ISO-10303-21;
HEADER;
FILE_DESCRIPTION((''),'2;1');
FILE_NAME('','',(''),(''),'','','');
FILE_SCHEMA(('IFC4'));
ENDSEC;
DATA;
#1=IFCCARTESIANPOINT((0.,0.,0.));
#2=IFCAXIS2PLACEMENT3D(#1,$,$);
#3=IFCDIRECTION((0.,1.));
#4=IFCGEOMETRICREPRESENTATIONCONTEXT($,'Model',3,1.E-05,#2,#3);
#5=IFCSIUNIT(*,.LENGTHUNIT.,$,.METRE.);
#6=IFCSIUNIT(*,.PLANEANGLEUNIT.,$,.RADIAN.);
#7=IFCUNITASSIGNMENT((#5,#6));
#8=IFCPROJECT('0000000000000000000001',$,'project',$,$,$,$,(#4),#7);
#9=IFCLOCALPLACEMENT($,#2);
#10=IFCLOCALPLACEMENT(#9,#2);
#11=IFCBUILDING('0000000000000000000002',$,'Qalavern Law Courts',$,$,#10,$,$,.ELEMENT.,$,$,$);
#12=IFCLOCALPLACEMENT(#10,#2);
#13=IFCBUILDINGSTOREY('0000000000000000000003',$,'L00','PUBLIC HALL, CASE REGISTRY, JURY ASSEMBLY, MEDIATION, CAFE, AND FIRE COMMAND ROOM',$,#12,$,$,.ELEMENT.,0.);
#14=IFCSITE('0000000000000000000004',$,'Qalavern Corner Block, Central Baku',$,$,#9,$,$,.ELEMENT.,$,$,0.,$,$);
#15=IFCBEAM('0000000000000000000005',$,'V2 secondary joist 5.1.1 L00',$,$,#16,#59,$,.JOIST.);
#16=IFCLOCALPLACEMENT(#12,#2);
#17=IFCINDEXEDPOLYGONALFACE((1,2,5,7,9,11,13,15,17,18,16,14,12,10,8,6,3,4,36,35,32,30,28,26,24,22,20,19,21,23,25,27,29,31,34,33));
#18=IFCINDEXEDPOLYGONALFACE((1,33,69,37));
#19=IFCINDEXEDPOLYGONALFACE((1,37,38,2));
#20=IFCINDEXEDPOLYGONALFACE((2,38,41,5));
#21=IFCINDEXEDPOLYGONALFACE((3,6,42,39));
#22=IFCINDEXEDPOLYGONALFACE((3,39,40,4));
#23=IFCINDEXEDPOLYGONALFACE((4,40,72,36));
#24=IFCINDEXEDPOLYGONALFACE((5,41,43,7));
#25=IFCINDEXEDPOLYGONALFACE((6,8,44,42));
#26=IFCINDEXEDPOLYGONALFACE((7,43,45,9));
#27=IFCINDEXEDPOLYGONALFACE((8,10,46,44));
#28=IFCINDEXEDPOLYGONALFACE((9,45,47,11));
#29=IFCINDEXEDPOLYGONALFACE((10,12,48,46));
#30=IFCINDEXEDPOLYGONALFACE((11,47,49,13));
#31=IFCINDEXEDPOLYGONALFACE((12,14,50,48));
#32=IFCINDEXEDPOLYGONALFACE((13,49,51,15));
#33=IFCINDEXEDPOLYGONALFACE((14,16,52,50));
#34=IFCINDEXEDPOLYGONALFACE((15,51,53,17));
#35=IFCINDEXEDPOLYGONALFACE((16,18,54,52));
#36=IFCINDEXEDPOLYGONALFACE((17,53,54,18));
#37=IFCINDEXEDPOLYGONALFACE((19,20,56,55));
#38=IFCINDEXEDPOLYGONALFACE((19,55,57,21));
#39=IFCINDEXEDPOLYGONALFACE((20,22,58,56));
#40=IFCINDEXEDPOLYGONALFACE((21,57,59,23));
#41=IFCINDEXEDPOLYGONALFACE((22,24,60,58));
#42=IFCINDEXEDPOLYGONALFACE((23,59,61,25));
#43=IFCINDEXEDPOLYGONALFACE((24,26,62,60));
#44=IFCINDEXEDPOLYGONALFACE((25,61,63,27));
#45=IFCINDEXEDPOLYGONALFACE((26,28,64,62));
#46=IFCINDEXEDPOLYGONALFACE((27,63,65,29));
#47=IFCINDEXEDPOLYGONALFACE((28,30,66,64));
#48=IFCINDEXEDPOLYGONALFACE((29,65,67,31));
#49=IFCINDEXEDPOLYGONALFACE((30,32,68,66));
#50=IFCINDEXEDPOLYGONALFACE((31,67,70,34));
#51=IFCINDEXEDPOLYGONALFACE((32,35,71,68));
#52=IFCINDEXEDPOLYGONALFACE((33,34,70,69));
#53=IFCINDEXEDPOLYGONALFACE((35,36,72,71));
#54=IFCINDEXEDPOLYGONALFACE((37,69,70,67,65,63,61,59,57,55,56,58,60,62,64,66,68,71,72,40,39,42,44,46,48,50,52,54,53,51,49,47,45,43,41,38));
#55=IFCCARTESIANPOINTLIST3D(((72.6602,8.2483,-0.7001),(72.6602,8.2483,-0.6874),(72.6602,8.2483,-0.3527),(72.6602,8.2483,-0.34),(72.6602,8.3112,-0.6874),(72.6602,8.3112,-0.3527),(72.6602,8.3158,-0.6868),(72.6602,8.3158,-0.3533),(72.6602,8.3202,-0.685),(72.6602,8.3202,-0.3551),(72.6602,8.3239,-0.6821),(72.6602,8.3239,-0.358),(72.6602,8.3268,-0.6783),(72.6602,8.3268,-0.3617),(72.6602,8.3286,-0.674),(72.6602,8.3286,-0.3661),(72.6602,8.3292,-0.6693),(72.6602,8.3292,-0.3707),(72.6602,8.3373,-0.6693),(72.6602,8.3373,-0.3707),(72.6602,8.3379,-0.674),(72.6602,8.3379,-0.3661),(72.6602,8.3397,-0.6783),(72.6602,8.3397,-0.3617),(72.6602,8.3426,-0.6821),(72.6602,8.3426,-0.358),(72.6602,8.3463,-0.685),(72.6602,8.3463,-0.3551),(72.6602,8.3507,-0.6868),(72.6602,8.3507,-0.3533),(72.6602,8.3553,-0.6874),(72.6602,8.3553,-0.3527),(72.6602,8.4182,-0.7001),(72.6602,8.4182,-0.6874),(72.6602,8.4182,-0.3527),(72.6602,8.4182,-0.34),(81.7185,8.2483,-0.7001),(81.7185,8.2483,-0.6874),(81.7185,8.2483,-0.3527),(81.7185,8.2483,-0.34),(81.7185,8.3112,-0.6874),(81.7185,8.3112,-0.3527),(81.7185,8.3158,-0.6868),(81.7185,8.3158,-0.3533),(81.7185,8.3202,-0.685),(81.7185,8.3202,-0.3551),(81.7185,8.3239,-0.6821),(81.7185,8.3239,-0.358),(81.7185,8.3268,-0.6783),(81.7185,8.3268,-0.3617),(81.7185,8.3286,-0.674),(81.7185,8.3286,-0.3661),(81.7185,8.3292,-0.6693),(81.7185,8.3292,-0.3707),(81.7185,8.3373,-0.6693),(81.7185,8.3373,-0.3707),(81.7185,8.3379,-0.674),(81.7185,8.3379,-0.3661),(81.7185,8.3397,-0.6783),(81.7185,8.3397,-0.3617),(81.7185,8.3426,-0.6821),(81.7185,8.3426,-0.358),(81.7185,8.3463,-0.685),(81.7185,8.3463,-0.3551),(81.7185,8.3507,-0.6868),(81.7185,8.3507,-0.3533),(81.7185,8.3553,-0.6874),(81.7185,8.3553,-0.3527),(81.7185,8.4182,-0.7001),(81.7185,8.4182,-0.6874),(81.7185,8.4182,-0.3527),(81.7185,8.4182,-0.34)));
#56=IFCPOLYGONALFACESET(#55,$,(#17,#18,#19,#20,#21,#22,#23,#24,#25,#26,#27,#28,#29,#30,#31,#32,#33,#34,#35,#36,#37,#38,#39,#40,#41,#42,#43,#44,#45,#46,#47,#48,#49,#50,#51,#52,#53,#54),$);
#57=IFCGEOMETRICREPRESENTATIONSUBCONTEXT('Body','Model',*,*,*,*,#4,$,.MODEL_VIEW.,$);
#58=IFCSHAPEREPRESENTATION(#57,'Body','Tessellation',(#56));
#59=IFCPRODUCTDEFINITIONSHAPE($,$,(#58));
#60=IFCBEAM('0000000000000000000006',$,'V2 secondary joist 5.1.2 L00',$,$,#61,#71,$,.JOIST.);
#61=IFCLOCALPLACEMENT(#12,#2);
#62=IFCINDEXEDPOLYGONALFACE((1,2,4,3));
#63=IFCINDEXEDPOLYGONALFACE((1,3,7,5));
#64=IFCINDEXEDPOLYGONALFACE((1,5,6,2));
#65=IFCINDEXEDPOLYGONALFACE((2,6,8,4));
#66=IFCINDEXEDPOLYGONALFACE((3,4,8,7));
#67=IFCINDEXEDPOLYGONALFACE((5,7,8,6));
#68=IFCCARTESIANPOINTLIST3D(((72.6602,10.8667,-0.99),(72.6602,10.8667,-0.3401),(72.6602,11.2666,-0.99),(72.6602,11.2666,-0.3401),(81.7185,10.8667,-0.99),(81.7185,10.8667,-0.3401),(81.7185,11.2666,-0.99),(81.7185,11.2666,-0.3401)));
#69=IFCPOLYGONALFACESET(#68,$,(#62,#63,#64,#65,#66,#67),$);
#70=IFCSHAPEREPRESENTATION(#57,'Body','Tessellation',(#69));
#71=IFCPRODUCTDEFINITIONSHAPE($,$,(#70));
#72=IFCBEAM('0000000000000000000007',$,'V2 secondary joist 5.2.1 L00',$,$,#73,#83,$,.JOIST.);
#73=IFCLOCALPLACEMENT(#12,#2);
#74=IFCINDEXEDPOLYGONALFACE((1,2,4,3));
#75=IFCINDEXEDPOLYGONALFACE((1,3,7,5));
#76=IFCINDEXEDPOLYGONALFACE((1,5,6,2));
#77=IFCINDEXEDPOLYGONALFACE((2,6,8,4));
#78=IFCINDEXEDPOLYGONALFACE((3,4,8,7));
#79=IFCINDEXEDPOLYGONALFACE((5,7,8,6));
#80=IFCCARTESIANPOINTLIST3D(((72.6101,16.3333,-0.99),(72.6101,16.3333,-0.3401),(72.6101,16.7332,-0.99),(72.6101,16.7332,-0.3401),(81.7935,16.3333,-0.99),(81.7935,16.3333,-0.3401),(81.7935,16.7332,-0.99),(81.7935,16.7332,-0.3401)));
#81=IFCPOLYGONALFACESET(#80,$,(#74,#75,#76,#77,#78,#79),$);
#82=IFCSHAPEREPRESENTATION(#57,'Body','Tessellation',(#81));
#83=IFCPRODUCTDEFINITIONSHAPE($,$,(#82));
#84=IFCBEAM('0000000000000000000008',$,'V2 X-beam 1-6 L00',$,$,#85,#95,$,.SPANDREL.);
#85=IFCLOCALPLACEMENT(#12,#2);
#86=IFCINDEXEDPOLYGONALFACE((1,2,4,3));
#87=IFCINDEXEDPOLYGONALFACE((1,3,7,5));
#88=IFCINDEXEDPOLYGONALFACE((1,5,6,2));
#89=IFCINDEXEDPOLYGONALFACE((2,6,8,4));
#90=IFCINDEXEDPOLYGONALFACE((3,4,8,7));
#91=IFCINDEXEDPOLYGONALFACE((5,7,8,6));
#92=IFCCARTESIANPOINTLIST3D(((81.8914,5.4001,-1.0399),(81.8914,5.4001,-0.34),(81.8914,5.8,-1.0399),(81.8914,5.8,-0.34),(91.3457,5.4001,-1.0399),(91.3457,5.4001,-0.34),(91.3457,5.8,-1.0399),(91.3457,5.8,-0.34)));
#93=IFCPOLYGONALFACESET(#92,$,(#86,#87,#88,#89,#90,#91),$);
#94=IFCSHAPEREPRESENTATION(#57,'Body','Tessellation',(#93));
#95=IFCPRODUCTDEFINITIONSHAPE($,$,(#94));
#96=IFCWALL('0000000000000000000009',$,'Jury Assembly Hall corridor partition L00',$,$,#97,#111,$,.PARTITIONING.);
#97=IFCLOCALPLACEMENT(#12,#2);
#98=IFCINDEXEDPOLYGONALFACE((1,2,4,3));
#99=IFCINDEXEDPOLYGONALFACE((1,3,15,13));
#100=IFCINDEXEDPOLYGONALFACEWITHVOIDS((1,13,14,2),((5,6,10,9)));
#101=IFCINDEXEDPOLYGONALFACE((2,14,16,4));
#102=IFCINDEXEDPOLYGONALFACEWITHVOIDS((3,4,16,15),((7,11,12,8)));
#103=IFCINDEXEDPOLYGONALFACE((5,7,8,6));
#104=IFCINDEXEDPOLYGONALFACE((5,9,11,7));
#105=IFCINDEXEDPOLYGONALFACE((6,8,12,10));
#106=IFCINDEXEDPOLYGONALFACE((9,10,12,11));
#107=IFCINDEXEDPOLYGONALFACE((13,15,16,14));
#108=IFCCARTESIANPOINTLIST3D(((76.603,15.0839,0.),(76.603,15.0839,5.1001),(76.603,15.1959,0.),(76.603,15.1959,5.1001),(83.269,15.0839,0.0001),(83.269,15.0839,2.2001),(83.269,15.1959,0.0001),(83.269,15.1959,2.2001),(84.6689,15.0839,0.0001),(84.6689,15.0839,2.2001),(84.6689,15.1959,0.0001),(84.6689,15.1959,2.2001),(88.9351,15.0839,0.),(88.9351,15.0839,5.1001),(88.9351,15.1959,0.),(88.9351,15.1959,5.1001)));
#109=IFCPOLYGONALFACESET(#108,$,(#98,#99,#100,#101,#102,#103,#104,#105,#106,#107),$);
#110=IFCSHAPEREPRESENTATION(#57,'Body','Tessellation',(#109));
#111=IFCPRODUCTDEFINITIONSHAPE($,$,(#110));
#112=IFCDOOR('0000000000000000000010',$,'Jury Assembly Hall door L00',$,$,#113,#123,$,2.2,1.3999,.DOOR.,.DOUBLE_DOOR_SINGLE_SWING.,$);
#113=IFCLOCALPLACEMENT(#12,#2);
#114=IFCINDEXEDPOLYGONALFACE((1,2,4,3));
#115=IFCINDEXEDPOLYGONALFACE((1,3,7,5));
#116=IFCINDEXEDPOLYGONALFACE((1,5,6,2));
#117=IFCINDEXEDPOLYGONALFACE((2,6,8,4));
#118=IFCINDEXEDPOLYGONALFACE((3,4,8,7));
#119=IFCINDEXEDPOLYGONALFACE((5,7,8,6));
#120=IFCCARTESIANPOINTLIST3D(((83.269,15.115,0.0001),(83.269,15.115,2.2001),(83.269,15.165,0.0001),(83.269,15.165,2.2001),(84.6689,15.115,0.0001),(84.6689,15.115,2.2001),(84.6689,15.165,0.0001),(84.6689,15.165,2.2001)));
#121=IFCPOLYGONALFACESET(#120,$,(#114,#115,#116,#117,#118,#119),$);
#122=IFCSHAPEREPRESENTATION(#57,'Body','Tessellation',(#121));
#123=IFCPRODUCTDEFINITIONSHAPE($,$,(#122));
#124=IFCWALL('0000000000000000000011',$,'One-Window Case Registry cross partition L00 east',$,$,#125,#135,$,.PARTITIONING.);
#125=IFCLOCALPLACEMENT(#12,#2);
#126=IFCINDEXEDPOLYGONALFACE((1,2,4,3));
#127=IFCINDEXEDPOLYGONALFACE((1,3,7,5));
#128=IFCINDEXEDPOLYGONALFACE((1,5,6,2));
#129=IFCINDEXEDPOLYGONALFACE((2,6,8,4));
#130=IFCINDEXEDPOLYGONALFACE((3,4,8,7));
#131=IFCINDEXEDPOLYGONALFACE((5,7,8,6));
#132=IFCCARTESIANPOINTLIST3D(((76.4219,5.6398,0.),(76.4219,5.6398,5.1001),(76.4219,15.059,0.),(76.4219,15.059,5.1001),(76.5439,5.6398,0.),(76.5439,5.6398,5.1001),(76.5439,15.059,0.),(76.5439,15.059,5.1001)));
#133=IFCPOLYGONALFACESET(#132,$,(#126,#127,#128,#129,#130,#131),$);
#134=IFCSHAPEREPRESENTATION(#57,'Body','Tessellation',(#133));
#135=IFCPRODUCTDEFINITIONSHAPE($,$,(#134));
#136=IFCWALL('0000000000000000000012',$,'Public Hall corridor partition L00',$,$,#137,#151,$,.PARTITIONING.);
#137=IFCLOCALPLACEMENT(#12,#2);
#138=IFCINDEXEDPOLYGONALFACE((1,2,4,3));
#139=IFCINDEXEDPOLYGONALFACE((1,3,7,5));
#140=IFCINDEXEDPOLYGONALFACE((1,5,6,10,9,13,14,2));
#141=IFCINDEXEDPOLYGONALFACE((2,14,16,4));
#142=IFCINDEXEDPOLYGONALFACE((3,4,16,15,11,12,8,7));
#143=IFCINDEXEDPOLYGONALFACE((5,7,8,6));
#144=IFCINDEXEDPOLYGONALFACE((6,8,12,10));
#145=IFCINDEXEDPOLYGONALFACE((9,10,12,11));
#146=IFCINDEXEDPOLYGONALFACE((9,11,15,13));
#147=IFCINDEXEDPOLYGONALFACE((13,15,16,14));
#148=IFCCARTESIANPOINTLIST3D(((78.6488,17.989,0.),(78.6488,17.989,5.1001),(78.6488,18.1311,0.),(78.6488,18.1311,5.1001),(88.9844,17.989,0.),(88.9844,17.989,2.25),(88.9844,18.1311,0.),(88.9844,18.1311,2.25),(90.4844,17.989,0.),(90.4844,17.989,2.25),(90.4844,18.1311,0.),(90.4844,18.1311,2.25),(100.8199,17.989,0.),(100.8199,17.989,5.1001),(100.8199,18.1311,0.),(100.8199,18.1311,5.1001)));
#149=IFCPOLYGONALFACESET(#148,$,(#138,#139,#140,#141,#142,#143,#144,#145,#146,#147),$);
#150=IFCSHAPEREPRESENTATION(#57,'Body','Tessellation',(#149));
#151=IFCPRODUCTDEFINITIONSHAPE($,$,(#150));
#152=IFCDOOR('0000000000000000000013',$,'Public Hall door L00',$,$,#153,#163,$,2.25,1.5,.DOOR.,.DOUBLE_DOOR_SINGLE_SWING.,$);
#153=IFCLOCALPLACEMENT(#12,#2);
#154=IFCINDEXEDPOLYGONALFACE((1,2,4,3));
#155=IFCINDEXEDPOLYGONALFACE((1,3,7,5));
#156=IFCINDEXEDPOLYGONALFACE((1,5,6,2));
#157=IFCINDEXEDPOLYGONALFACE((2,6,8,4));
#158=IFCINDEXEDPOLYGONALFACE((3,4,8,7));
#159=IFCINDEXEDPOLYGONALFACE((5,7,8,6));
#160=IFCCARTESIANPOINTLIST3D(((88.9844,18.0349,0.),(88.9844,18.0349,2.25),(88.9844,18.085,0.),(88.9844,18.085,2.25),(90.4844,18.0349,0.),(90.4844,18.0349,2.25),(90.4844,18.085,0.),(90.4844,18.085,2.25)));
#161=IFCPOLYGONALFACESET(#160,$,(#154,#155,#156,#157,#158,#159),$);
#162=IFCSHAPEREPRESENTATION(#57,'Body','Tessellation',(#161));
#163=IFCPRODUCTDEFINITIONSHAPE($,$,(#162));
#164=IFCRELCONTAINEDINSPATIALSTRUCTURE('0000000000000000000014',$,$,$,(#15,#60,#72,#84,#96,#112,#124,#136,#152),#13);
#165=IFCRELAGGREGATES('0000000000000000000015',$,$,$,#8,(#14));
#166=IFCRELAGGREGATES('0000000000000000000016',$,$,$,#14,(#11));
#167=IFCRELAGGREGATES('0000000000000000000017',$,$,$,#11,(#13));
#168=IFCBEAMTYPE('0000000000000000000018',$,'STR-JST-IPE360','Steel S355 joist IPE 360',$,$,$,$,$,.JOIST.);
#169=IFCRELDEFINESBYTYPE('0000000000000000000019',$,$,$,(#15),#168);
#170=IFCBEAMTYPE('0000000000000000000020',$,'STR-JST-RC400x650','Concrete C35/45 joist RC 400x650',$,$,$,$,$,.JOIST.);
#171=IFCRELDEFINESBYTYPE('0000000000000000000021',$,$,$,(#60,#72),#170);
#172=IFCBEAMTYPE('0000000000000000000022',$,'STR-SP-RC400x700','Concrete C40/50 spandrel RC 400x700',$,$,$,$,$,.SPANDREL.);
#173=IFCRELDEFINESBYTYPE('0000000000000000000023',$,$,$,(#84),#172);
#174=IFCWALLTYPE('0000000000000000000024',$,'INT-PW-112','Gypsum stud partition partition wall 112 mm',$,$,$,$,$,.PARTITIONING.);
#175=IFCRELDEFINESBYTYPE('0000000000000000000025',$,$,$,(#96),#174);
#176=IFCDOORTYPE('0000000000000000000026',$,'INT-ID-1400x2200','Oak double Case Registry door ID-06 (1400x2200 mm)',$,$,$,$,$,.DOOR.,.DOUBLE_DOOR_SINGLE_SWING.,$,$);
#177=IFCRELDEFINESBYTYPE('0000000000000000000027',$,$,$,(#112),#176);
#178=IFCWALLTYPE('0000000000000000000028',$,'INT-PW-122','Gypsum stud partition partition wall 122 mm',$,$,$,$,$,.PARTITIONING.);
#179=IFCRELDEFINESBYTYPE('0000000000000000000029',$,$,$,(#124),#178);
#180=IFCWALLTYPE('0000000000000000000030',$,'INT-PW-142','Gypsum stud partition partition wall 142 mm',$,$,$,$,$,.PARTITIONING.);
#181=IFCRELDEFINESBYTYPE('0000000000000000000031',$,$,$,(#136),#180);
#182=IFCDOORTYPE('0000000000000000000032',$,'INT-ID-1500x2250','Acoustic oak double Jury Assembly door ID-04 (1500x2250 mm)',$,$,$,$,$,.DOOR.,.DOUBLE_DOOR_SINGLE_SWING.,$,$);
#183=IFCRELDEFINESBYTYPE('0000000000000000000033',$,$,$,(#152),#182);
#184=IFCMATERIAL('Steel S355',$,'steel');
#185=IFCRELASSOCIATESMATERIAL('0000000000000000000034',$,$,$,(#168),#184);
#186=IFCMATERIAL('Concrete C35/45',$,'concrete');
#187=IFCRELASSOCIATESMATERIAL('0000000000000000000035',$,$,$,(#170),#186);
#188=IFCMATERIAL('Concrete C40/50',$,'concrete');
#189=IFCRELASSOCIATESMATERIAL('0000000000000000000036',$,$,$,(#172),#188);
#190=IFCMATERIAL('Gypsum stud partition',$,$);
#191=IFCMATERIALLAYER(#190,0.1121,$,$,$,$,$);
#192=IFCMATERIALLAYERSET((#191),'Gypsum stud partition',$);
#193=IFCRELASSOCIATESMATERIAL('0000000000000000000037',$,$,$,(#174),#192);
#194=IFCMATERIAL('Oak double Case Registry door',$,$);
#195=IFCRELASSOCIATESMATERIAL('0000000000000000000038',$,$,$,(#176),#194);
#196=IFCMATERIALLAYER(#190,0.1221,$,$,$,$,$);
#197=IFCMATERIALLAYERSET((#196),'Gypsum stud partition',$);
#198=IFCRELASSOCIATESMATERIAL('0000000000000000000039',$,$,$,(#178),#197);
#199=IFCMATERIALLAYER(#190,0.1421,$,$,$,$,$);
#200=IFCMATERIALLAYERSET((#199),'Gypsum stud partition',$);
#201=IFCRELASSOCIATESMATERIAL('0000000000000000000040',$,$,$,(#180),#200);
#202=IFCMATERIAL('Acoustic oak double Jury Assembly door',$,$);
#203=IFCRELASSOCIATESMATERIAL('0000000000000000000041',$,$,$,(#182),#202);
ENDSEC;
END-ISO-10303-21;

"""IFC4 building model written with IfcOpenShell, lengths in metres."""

from ifc_helpers import new_model, si_unit, direction, frame, frame_2d, origin, origin_2d, place, context, subcontext, project, spatial, rectangle, i_section, extrude, material, layer, layer_set, material_profile, profile_set, type_object, element, fill, save


model = new_model("IFC4")

# Units and contexts
model_context = context("Model", 3, precision=1e-05, world=origin(), true_north=direction((0.0, 1.0)))
body_context = subcontext(model_context, "Body", "Model", "MODEL_VIEW")
ifc_project = project(units=[si_unit("LENGTHUNIT", "METRE"), si_unit("PLANEANGLEUNIT", "RADIAN")], contexts=[model_context])

# Site, building, storey
site_placement = place(None, origin())
site = spatial("IfcSite", under=ifc_project, at=site_placement, Name="Qalavern Corner Block, Central Baku", CompositionType="ELEMENT", RefElevation=0.0)
building_placement = place(site_placement, origin())
building = spatial("IfcBuilding", under=site, at=building_placement, Name="Qalavern Law Courts", CompositionType="ELEMENT")
storey_placement = place(building_placement, origin())
storey = spatial("IfcBuildingStorey", under=building, at=storey_placement, Name="L00", Description="PUBLIC HALL, CASE REGISTRY, JURY ASSEMBLY, MEDIATION, CAFE, AND FIRE COMMAND ROOM", CompositionType="ELEMENT", Elevation=0.0)

# Beams
ifc_material_1 = material(Name="Steel S355", Category="steel")
ifc_material_2 = material(Name="Concrete C35/45", Category="concrete")
ifc_material_3 = material(Name="Concrete C40/50", Category="concrete")
ifc_material_profile_1 = material_profile(ifc_material_1, i_section(OverallWidth=0.1699, OverallDepth=0.3601, WebThickness=0.0081, FlangeThickness=0.0127, FilletRadius=0.0181, at=origin_2d()), Name="IPE 360")
ifc_profile_set_1 = profile_set([ifc_material_profile_1], Name="Steel S355")
beam_type_1 = type_object("IfcBeamType", Name="STR-JST-IPE360", Description="Steel S355 joist IPE 360", PredefinedType="JOIST", material=ifc_profile_set_1)
beam_1_placement = place(storey_placement, frame((72.6602, 8.3333, -0.52), z_axis=(1.0, 0.0, 0.0), x_axis=(0.0, 1.0, 0.0)))
element("IfcBeam", 1, at=beam_1_placement, inside=storey, type_object=beam_type_1, Name="V2 secondary joist 5.1.1 L00", PredefinedType="JOIST", context=body_context, shape_type="SweptSolid", body=[
    extrude(i_section(OverallWidth=0.1699, OverallDepth=0.3601, WebThickness=0.0081, FlangeThickness=0.0127, FilletRadius=0.0181, at=origin_2d()), origin(), (0.0, 0.0, 1.0), 9.0583),
])
ifc_material_profile_2 = material_profile(ifc_material_2, rectangle(XDim=0.3999, YDim=0.6499, at=origin_2d()), Name="RC 400x650")
ifc_profile_set_2 = profile_set([ifc_material_profile_2], Name="Concrete C35/45")
beam_type_2 = type_object("IfcBeamType", Name="STR-JST-RC400x650", Description="Concrete C35/45 joist RC 400x650", PredefinedType="JOIST", material=ifc_profile_set_2)
beam_2_placement = place(storey_placement, frame((72.6602, 11.0667, -0.665), z_axis=(1.0, 0.0, 0.0), x_axis=(0.0, 1.0, 0.0)))
element("IfcBeam", 2, at=beam_2_placement, inside=storey, type_object=beam_type_2, Name="V2 secondary joist 5.1.2 L00", PredefinedType="JOIST", context=body_context, shape_type="SweptSolid", body=[
    extrude(rectangle(XDim=0.3999, YDim=0.6499, at=origin_2d()), origin(), (0.0, 0.0, 1.0), 9.0583),
])
beam_3_placement = place(storey_placement, frame((72.6101, 16.5332, -0.665), z_axis=(1.0, 0.0, 0.0), x_axis=(0.0, 1.0, 0.0)))
element("IfcBeam", 3, at=beam_3_placement, inside=storey, type_object=beam_type_2, Name="V2 secondary joist 5.2.1 L00", PredefinedType="JOIST", context=body_context, shape_type="SweptSolid", body=[
    extrude(rectangle(XDim=0.3999, YDim=0.6499, at=origin_2d()), origin(), (0.0, 0.0, 1.0), 9.1833),
])
ifc_material_profile_3 = material_profile(ifc_material_3, rectangle(XDim=0.3999, YDim=0.7, at=origin_2d()), Name="RC 400x700")
ifc_profile_set_3 = profile_set([ifc_material_profile_3], Name="Concrete C40/50")
beam_type_3 = type_object("IfcBeamType", Name="STR-SP-RC400x700", Description="Concrete C40/50 spandrel RC 400x700", PredefinedType="SPANDREL", material=ifc_profile_set_3)
beam_4_placement = place(storey_placement, frame((81.8914, 5.6001, -0.6899), z_axis=(1.0, 0.0, 0.0), x_axis=(0.0, 1.0, 0.0)))
element("IfcBeam", 4, at=beam_4_placement, inside=storey, type_object=beam_type_3, Name="V2 X-beam 1-6 L00", PredefinedType="SPANDREL", context=body_context, shape_type="SweptSolid", body=[
    extrude(rectangle(XDim=0.3999, YDim=0.7, at=origin_2d()), origin(), (0.0, 0.0, 1.0), 9.4543),
])

# Wall, opening, door
ifc_material_4 = material(Name="Gypsum stud partition")
ifc_layer_1 = layer(ifc_material_4, 0.1121)
ifc_layer_set_1 = layer_set([ifc_layer_1], Name="Gypsum stud partition")
wall_type_1 = type_object("IfcWallType", Name="INT-PW-112", Description="Gypsum stud partition partition wall 112 mm", PredefinedType="PARTITIONING", material=ifc_layer_set_1)
wall_1_placement = place(storey_placement, frame((76.603, 15.1399, 0.0), z_axis=(0.0, 0.0, 1.0), x_axis=(1.0, 0.0, 0.0)))
wall_1 = element("IfcWall", 5, at=wall_1_placement, inside=storey, type_object=wall_type_1, Name="Jury Assembly Hall corridor partition L00", PredefinedType="PARTITIONING", context=body_context, shape_type="SweptSolid", body=[
    extrude(rectangle(XDim=12.332, YDim=0.1121, at=frame_2d((6.166, 0.0))), origin(), (0.0, 0.0, 1.0), 5.1001),
])
opening_1_placement = place(wall_1_placement, frame((6.666, 0.0, 0.0)))
opening_1 = element("IfcOpeningElement", 6, at=opening_1_placement, cuts=wall_1, PredefinedType="OPENING", context=body_context, shape_type="SweptSolid", body=[
    extrude(rectangle(XDim=1.3999, YDim=2.2, at=frame_2d((0.7, 1.1001))), frame((0.0, 0.0708, 0.0), z_axis=(0.0, -1.0, 0.0), x_axis=(1.0, 0.0, 0.0)), (0.0, 0.0, 1.0), 0.1418),
])
ifc_material_5 = material(Name="Oak double Case Registry door")
door_type_1 = type_object("IfcDoorType", Name="INT-ID-1400x2200", Description="Oak double Case Registry door ID-06 (1400x2200 mm)", OperationType="DOUBLE_DOOR_SINGLE_SWING", PredefinedType="DOOR", material=ifc_material_5)
door_1_placement = place(opening_1_placement, frame((1.3999, 0.0, 0.0), z_axis=(0.0, 0.0, 1.0), x_axis=(-1.0, 0.0, 0.0)))
door_1 = element("IfcDoor", 7, at=door_1_placement, inside=storey, type_object=door_type_1, Name="Jury Assembly Hall door L00", OperationType="DOUBLE_DOOR_SINGLE_SWING", OverallHeight=2.2, OverallWidth=1.3999, PredefinedType="DOOR", context=body_context, shape_type="SweptSolid", body=[
    extrude(rectangle(XDim=1.3999, YDim=2.2, at=frame_2d((0.7, 1.1001))), frame((0.0, 0.0249, 0.0), z_axis=(0.0, -1.0, 0.0), x_axis=(1.0, 0.0, 0.0)), (0.0, 0.0, 1.0), 0.05),
])
fill(opening_1, door_1)

# Wall
ifc_layer_2 = layer(ifc_material_4, 0.1221)
ifc_layer_set_2 = layer_set([ifc_layer_2], Name="Gypsum stud partition")
wall_type_2 = type_object("IfcWallType", Name="INT-PW-122", Description="Gypsum stud partition partition wall 122 mm", PredefinedType="PARTITIONING", material=ifc_layer_set_2)
wall_2_placement = place(storey_placement, frame((76.4829, 5.6399, 0.0), z_axis=(0.0, 0.0, 1.0), x_axis=(0.0, 1.0, 0.0)))
element("IfcWall", 8, at=wall_2_placement, inside=storey, type_object=wall_type_2, Name="One-Window Case Registry cross partition L00 east", PredefinedType="PARTITIONING", context=body_context, shape_type="SweptSolid", body=[
    extrude(rectangle(XDim=9.4192, YDim=0.1221, at=frame_2d((4.7095, 0.0))), origin(), (0.0, 0.0, 1.0), 5.1001),
])

# Wall, opening, door
ifc_layer_3 = layer(ifc_material_4, 0.1421)
ifc_layer_set_3 = layer_set([ifc_layer_3], Name="Gypsum stud partition")
wall_type_3 = type_object("IfcWallType", Name="INT-PW-142", Description="Gypsum stud partition partition wall 142 mm", PredefinedType="PARTITIONING", material=ifc_layer_set_3)
wall_3_placement = place(storey_placement, frame((78.6489, 18.0601, 0.0), z_axis=(0.0, 0.0, 1.0), x_axis=(1.0, 0.0, 0.0)))
wall_3 = element("IfcWall", 9, at=wall_3_placement, inside=storey, type_object=wall_type_3, Name="Public Hall corridor partition L00", PredefinedType="PARTITIONING", context=body_context, shape_type="SweptSolid", body=[
    extrude(rectangle(XDim=22.1711, YDim=0.1421, at=frame_2d((11.0854, 0.0))), origin(), (0.0, 0.0, 1.0), 5.1001),
])
opening_2_placement = place(wall_3_placement, frame((10.3354, 0.0, 0.0)))
opening_2 = element("IfcOpeningElement", 10, at=opening_2_placement, cuts=wall_3, PredefinedType="OPENING", context=body_context, shape_type="SweptSolid", body=[
    extrude(rectangle(XDim=1.5, YDim=2.25, at=frame_2d((0.75, 1.125))), frame((0.0, 0.0859, 0.0), z_axis=(0.0, -1.0, 0.0), x_axis=(1.0, 0.0, 0.0)), (0.0, 0.0, 1.0), 0.1719),
])
ifc_material_6 = material(Name="Acoustic oak double Jury Assembly door")
door_type_2 = type_object("IfcDoorType", Name="INT-ID-1500x2250", Description="Acoustic oak double Jury Assembly door ID-04 (1500x2250 mm)", OperationType="DOUBLE_DOOR_SINGLE_SWING", PredefinedType="DOOR", material=ifc_material_6)
door_2_placement = place(opening_2_placement, origin())
door_2 = element("IfcDoor", 11, at=door_2_placement, inside=storey, type_object=door_type_2, Name="Public Hall door L00", OperationType="DOUBLE_DOOR_SINGLE_SWING", OverallHeight=2.25, OverallWidth=1.5, PredefinedType="DOOR", context=body_context, shape_type="SweptSolid", body=[
    extrude(rectangle(XDim=1.5, YDim=2.25, at=frame_2d((0.75, 1.125))), frame((0.0, 0.0249, 0.0), z_axis=(0.0, -1.0, 0.0), x_axis=(1.0, 0.0, 0.0)), (0.0, 0.0, 1.0), 0.05),
])
fill(opening_2, door_2)

save(model, "model.ifc")
